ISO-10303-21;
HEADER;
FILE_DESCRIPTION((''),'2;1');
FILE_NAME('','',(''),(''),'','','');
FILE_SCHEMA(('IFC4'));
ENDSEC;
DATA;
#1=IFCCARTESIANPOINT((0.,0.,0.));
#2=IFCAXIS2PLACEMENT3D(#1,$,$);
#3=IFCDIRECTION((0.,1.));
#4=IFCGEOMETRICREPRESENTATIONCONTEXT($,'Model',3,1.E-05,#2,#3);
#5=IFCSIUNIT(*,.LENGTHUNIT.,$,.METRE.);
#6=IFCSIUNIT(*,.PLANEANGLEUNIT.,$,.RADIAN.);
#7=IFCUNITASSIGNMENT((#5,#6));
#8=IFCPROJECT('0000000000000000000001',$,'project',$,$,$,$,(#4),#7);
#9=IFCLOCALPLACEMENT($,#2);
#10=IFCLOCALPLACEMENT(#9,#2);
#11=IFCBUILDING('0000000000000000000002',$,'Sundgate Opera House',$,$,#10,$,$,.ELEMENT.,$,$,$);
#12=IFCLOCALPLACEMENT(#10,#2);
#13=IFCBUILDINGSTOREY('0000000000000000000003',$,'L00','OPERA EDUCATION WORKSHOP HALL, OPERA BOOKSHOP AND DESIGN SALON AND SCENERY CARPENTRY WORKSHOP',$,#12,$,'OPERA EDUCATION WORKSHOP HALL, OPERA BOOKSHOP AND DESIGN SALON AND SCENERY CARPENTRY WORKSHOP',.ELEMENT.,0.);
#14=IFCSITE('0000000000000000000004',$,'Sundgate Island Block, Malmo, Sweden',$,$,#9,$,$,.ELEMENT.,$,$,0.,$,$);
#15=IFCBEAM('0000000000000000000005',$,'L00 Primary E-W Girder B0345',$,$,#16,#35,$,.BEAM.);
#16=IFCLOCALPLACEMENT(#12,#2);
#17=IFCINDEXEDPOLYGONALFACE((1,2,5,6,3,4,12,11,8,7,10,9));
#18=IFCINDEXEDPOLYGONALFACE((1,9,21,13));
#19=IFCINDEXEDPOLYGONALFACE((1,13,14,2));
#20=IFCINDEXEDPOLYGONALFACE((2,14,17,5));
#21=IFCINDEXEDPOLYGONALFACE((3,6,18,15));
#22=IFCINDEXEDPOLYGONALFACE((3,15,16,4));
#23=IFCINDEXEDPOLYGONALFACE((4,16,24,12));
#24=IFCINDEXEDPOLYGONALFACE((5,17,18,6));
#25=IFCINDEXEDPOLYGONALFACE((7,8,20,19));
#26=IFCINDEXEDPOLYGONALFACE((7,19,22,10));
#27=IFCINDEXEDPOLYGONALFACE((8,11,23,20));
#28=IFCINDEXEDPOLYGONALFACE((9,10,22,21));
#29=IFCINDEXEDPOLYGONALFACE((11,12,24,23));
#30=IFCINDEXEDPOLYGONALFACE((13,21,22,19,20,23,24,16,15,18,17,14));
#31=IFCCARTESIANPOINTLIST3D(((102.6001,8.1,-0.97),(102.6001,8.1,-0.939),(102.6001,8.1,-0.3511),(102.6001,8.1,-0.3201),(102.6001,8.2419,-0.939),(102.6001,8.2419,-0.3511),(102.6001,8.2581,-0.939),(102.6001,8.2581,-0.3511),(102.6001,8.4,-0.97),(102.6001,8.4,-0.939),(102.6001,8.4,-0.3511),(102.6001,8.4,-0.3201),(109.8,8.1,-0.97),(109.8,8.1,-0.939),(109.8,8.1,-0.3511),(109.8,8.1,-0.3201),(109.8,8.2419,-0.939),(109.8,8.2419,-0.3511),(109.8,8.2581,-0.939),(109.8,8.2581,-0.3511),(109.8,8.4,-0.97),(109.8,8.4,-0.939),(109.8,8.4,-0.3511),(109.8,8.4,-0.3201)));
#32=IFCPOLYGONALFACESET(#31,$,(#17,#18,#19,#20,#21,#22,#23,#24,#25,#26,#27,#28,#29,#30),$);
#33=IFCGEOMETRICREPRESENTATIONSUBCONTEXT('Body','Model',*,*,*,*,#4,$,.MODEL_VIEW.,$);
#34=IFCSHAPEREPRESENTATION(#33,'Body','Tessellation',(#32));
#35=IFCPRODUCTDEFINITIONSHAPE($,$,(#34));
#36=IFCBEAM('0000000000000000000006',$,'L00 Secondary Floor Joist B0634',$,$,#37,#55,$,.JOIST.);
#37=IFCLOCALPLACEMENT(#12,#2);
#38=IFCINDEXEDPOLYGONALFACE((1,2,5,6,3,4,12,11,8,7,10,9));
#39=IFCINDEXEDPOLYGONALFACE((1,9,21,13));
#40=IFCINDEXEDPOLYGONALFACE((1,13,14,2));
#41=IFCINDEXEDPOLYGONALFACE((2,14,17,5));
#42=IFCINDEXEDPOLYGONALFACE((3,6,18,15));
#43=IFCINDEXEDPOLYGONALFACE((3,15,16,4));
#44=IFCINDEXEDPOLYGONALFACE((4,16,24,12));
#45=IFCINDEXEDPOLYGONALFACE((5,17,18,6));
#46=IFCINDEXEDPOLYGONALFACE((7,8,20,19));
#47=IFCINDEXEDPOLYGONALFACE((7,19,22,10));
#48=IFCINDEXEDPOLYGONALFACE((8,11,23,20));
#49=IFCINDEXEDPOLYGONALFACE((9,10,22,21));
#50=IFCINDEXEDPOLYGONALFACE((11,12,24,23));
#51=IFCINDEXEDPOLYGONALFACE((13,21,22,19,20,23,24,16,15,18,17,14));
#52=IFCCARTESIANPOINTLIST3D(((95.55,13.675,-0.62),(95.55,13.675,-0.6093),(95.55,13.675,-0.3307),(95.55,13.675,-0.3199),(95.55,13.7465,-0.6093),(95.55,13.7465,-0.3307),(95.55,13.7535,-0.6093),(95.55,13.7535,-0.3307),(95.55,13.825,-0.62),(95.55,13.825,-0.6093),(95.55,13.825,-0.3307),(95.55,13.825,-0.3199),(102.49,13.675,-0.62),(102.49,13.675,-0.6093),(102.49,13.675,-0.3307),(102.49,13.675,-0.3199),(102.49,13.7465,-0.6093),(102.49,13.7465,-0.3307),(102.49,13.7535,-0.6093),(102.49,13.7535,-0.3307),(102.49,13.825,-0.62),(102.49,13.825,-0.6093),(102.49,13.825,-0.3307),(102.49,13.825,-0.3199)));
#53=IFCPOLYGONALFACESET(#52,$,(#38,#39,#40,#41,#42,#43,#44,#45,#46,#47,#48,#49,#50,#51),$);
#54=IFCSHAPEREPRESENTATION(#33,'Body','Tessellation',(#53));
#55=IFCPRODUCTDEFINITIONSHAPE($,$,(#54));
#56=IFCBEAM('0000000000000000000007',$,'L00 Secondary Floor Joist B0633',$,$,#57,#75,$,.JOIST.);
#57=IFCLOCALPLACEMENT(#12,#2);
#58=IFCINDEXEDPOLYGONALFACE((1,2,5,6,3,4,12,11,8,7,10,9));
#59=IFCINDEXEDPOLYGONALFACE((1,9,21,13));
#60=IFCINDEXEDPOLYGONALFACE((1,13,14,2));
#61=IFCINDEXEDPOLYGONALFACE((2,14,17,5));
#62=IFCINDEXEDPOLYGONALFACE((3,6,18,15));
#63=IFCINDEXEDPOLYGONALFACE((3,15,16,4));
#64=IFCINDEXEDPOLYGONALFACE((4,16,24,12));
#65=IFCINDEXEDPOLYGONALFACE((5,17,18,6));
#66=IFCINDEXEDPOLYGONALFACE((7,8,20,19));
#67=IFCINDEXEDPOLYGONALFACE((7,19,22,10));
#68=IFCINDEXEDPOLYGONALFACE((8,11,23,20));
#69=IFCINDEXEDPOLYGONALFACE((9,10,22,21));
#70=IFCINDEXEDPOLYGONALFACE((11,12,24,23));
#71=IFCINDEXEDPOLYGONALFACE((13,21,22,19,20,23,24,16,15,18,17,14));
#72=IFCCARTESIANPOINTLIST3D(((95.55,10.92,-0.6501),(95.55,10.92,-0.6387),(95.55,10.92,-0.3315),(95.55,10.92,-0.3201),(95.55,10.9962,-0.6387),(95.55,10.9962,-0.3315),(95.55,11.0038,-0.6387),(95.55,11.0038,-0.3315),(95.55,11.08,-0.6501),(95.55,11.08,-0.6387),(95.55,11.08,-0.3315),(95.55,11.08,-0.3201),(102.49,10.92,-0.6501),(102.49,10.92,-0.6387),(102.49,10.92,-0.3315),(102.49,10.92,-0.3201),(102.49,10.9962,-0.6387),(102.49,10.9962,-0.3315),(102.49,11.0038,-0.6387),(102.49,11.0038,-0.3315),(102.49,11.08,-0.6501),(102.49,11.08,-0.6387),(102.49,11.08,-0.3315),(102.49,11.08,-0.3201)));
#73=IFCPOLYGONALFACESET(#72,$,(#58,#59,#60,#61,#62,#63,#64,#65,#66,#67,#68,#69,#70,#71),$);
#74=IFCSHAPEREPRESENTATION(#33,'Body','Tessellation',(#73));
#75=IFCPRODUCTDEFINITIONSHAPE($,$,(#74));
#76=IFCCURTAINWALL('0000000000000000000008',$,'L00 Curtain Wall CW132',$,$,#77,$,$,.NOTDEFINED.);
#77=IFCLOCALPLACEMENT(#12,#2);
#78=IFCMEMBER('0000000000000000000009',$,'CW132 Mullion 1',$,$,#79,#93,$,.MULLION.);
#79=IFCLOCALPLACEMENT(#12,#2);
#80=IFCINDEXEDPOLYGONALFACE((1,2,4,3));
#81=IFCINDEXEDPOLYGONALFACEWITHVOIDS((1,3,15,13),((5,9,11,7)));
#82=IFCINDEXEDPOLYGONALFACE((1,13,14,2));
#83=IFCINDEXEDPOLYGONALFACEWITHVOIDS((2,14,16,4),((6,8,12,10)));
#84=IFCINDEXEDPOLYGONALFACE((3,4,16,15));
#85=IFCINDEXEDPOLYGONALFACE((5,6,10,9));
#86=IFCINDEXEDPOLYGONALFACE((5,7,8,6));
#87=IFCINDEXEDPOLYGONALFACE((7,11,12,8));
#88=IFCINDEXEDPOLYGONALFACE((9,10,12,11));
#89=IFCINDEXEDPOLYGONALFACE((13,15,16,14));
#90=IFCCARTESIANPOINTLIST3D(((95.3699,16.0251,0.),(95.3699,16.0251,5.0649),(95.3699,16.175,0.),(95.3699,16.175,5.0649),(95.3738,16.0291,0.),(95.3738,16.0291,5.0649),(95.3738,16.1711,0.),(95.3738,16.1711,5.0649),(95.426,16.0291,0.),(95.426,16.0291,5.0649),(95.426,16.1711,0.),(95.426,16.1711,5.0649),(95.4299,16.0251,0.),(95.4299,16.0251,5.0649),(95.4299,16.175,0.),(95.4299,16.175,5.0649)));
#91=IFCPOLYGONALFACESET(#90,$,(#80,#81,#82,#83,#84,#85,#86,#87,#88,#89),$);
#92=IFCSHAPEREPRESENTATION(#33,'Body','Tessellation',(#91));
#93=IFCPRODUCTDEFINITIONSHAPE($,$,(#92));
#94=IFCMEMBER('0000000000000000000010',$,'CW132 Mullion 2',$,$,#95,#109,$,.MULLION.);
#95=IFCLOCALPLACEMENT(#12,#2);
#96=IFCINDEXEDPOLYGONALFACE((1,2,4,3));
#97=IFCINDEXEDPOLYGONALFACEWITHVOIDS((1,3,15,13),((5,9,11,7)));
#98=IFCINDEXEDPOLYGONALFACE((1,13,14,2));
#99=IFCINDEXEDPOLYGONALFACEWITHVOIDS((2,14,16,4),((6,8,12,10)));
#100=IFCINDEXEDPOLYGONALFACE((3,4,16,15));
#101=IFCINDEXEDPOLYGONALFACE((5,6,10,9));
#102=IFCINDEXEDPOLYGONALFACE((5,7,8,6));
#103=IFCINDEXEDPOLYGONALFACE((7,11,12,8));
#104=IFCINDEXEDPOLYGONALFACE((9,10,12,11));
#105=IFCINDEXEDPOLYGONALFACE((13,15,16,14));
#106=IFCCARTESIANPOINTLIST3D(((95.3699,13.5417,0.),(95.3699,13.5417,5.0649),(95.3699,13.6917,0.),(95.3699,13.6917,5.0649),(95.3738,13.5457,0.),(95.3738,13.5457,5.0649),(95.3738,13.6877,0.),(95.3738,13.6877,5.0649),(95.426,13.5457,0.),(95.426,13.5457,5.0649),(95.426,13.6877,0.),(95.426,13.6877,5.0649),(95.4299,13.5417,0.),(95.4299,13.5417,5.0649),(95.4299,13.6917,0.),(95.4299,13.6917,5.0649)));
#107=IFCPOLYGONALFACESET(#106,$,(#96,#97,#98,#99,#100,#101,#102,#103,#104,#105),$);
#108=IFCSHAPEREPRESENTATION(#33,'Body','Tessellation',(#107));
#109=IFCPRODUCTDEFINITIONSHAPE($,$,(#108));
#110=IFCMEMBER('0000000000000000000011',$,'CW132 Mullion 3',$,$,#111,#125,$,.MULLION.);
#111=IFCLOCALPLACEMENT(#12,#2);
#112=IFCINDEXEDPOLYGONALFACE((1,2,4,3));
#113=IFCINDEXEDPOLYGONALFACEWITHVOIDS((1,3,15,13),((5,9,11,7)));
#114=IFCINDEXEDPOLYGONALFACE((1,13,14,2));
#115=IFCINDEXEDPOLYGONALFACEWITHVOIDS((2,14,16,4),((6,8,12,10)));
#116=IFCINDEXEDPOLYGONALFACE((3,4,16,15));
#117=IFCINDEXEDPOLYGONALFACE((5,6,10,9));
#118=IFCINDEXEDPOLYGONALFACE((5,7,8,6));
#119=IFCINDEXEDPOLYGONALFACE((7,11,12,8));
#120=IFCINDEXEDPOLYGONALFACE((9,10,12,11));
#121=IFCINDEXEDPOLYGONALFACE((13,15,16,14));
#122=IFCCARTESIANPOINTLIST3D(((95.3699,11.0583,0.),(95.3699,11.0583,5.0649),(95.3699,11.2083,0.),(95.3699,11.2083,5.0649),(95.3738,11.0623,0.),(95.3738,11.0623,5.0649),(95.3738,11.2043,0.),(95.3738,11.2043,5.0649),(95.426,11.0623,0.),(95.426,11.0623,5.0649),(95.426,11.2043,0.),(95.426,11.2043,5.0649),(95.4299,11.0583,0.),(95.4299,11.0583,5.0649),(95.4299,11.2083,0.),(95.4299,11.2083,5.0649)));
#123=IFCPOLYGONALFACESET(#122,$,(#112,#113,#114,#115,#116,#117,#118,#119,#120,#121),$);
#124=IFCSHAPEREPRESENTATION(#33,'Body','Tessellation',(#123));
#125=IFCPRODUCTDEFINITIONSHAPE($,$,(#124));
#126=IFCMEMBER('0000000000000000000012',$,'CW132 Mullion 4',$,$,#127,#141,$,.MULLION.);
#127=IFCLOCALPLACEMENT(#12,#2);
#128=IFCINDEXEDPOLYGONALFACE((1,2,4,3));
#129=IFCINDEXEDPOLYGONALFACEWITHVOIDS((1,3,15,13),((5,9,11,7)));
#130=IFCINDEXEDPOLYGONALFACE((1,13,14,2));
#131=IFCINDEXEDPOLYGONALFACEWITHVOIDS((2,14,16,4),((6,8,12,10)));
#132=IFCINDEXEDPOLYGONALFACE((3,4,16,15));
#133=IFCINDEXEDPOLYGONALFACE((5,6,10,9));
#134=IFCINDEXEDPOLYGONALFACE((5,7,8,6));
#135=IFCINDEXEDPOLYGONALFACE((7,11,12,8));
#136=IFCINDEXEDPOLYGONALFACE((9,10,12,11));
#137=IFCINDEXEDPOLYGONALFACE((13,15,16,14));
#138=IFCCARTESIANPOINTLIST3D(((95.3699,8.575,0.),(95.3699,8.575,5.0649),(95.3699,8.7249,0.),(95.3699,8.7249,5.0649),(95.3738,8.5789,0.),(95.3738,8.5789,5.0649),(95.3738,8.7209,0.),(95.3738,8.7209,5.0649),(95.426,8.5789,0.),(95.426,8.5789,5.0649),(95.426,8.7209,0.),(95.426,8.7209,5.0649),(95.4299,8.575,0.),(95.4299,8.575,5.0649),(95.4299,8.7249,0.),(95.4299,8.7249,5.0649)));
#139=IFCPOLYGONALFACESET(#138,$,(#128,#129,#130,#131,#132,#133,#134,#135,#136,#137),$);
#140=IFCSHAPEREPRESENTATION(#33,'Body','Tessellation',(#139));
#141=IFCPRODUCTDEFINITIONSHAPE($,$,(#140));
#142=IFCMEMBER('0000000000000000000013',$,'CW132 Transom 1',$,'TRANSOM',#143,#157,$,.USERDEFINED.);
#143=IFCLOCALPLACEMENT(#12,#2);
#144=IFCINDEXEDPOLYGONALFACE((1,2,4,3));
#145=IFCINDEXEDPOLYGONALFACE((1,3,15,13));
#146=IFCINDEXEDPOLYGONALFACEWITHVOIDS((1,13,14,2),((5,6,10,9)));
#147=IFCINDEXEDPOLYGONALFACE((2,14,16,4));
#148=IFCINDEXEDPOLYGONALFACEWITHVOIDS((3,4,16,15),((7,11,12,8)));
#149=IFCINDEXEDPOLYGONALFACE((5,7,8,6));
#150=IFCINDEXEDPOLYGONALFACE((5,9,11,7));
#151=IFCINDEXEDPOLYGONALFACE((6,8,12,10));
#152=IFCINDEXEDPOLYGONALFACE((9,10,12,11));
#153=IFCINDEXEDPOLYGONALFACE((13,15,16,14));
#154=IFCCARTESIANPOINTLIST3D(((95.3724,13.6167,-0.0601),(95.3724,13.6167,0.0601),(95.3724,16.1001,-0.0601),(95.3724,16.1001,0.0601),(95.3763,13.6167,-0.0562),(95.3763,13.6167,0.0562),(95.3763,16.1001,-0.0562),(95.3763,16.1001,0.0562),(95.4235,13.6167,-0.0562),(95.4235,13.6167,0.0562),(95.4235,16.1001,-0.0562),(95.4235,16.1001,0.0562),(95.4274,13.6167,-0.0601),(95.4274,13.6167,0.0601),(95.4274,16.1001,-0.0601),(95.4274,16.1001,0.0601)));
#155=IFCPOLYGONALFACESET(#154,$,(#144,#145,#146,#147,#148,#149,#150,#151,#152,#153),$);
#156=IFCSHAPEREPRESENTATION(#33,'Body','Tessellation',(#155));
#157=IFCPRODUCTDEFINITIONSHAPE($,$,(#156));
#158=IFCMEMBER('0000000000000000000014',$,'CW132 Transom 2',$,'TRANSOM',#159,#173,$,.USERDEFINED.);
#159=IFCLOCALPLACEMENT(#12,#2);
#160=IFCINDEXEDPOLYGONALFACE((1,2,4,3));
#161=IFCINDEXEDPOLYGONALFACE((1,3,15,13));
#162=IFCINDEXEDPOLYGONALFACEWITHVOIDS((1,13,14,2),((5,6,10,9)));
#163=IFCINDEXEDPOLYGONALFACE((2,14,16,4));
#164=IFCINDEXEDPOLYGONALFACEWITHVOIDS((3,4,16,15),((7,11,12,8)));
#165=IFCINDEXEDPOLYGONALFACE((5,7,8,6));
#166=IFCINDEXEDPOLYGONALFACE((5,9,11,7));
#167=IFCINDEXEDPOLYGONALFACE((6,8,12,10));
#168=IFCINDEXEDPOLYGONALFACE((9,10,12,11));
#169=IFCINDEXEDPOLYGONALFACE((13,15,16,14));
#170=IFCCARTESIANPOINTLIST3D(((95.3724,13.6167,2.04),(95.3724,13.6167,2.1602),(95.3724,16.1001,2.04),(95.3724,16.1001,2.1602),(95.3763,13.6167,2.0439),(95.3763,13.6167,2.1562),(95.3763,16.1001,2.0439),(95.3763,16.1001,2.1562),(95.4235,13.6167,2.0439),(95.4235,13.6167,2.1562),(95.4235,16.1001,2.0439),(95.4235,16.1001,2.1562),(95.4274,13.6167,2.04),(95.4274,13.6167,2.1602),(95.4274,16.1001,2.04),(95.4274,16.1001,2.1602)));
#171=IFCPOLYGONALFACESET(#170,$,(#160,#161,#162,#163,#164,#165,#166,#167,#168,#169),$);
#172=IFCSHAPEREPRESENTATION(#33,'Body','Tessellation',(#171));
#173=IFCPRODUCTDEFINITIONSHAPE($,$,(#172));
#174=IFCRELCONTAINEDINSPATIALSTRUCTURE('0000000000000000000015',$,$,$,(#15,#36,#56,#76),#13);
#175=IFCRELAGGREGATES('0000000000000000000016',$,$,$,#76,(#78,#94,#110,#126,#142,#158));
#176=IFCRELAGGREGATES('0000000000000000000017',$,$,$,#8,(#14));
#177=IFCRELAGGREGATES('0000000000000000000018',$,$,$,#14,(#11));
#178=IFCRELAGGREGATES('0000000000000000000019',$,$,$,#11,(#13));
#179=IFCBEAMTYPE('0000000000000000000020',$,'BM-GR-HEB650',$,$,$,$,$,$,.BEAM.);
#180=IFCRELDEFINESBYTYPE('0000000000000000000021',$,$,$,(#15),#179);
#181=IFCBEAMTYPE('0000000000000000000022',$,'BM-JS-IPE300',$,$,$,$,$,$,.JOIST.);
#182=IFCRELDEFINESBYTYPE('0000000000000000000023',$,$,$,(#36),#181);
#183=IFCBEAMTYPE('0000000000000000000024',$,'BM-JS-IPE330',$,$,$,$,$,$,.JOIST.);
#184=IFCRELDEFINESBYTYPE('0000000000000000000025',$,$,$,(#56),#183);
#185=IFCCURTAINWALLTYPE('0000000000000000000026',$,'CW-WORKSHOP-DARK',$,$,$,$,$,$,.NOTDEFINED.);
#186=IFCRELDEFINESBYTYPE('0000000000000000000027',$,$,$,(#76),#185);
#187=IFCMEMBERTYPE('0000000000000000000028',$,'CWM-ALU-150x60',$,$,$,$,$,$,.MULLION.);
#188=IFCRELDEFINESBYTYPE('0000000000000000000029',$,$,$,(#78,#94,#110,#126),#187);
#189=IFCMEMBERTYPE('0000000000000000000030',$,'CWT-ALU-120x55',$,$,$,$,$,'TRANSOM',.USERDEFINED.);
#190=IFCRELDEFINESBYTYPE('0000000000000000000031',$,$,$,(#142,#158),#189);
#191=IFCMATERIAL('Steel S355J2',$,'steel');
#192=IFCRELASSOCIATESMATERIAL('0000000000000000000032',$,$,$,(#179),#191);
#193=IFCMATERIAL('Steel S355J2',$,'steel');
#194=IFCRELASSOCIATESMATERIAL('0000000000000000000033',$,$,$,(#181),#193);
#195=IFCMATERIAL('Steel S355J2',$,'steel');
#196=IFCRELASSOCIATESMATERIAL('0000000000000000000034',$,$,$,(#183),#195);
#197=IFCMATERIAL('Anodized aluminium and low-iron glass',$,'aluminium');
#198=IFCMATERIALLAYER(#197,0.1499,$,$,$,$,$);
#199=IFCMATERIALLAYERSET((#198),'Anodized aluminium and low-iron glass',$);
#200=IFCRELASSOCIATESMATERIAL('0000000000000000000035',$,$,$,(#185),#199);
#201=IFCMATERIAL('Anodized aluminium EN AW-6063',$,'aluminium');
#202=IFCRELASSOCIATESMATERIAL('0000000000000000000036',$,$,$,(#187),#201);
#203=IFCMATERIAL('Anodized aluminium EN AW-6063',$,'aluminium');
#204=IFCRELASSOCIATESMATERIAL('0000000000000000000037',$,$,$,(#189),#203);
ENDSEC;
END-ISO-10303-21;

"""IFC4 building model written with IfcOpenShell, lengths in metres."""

from ifc_helpers import new_model, si_unit, direction, frame, origin, origin_2d, place, context, subcontext, project, spatial, hollow_rectangle, i_section, extrude, material, layer, layer_set, material_profile, profile_set, type_object, element, aggregate, save


model = new_model("IFC4")

# Units and contexts
model_context = context("Model", 3, precision=1e-05, world=origin(), true_north=direction((0.0, 1.0)))
body_context = subcontext(model_context, "Body", "Model", "MODEL_VIEW")
ifc_project = project(units=[si_unit("LENGTHUNIT", "METRE"), si_unit("PLANEANGLEUNIT", "RADIAN")], contexts=[model_context])

# Site, building, storey
site_placement = place(None, origin())
site = spatial("IfcSite", under=ifc_project, at=site_placement, Name="Sundgate Island Block, Malmo, Sweden", CompositionType="ELEMENT", RefElevation=0.0)
building_placement = place(site_placement, origin())
building = spatial("IfcBuilding", under=site, at=building_placement, Name="Sundgate Opera House", CompositionType="ELEMENT")
storey_placement = place(building_placement, origin())
storey = spatial("IfcBuildingStorey", under=building, at=storey_placement, Name="L00", Description="OPERA EDUCATION WORKSHOP HALL, OPERA BOOKSHOP AND DESIGN SALON AND SCENERY CARPENTRY WORKSHOP", LongName="OPERA EDUCATION WORKSHOP HALL, OPERA BOOKSHOP AND DESIGN SALON AND SCENERY CARPENTRY WORKSHOP", CompositionType="ELEMENT", Elevation=0.0)

# Beams
ifc_material_1 = material(Name="Steel S355J2", Category="steel")
ifc_material_profile_1 = material_profile(ifc_material_1, i_section(OverallWidth=0.3, OverallDepth=0.6499, WebThickness=0.0161, FlangeThickness=0.031, at=origin_2d()), Name="HEB 650")
ifc_profile_set_1 = profile_set([ifc_material_profile_1], Name="Steel S355J2")
beam_type_1 = type_object("IfcBeamType", Name="BM-GR-HEB650", PredefinedType="BEAM", material=ifc_profile_set_1)
beam_1_placement = place(storey_placement, frame((102.6001, 8.25, -0.645), z_axis=(1.0, 0.0, 0.0), x_axis=(0.0, 1.0, 0.0)))
element("IfcBeam", 1, at=beam_1_placement, inside=storey, type_object=beam_type_1, Name="L00 Primary E-W Girder B0345", PredefinedType="BEAM", context=body_context, shape_type="SweptSolid", body=[
    extrude(i_section(OverallWidth=0.3, OverallDepth=0.6499, WebThickness=0.0161, FlangeThickness=0.031, at=origin_2d()), origin(), (0.0, 0.0, 1.0), 7.2),
])
ifc_material_2 = material(Name="Steel S355J2", Category="steel")
ifc_material_profile_2 = material_profile(ifc_material_2, i_section(OverallWidth=0.1499, OverallDepth=0.3, WebThickness=0.0071, FlangeThickness=0.0107, at=origin_2d()), Name="IPE 300")
ifc_profile_set_2 = profile_set([ifc_material_profile_2], Name="Steel S355J2")
beam_type_2 = type_object("IfcBeamType", Name="BM-JS-IPE300", PredefinedType="JOIST", material=ifc_profile_set_2)
beam_2_placement = place(storey_placement, frame((95.55, 13.75, -0.47), z_axis=(1.0, 0.0, 0.0), x_axis=(0.0, 1.0, 0.0)))
element("IfcBeam", 2, at=beam_2_placement, inside=storey, type_object=beam_type_2, Name="L00 Secondary Floor Joist B0634", PredefinedType="JOIST", context=body_context, shape_type="SweptSolid", body=[
    extrude(i_section(OverallWidth=0.1499, OverallDepth=0.3, WebThickness=0.0071, FlangeThickness=0.0107, at=origin_2d()), origin(), (0.0, 0.0, 1.0), 6.9399),
])
ifc_material_3 = material(Name="Steel S355J2", Category="steel")
ifc_material_profile_3 = material_profile(ifc_material_3, i_section(OverallWidth=0.1599, OverallDepth=0.3301, WebThickness=0.0076, FlangeThickness=0.0115, at=origin_2d()), Name="IPE 330")
ifc_profile_set_3 = profile_set([ifc_material_profile_3], Name="Steel S355J2")
beam_type_3 = type_object("IfcBeamType", Name="BM-JS-IPE330", PredefinedType="JOIST", material=ifc_profile_set_3)
beam_3_placement = place(storey_placement, frame((95.55, 11.0, -0.4851), z_axis=(1.0, 0.0, 0.0), x_axis=(0.0, 1.0, 0.0)))
element("IfcBeam", 3, at=beam_3_placement, inside=storey, type_object=beam_type_3, Name="L00 Secondary Floor Joist B0633", PredefinedType="JOIST", context=body_context, shape_type="SweptSolid", body=[
    extrude(i_section(OverallWidth=0.1599, OverallDepth=0.3301, WebThickness=0.0076, FlangeThickness=0.0115, at=origin_2d()), origin(), (0.0, 0.0, 1.0), 6.9399),
])

# Curtain wall, members
ifc_material_4 = material(Name="Anodized aluminium and low-iron glass", Category="aluminium")
ifc_layer_1 = layer(ifc_material_4, 0.1499)
ifc_layer_set_1 = layer_set([ifc_layer_1], Name="Anodized aluminium and low-iron glass")
curtain_wall_type = type_object("IfcCurtainWallType", Name="CW-WORKSHOP-DARK", PredefinedType="NOTDEFINED", material=ifc_layer_set_1)
curtain_wall_placement = place(storey_placement, origin())
curtain_wall = element("IfcCurtainWall", 4, at=curtain_wall_placement, inside=storey, type_object=curtain_wall_type, Name="L00 Curtain Wall CW132", PredefinedType="NOTDEFINED")
ifc_material_5 = material(Name="Anodized aluminium EN AW-6063", Category="aluminium")
ifc_material_profile_4 = material_profile(ifc_material_5, hollow_rectangle(XDim=0.0601, YDim=0.1499, WallThickness=0.0039, at=origin_2d()), Name="CWM 150x60x4")
ifc_profile_set_4 = profile_set([ifc_material_profile_4], Name="Anodized aluminium EN AW-6063")
member_type_1 = type_object("IfcMemberType", Name="CWM-ALU-150x60", PredefinedType="MULLION", material=ifc_profile_set_4)
member_1_placement = place(storey_placement, frame((95.3999, 16.1001, 0.0), z_axis=(0.0, 0.0, 1.0), x_axis=(1.0, 0.0, 0.0)))
member_1 = element("IfcMember", 5, at=member_1_placement, type_object=member_type_1, Name="CW132 Mullion 1", PredefinedType="MULLION", context=body_context, shape_type="SweptSolid", body=[
    extrude(hollow_rectangle(XDim=0.0601, YDim=0.1499, WallThickness=0.0039, at=origin_2d()), origin(), (0.0, 0.0, 1.0), 5.0649),
])
member_2_placement = place(storey_placement, frame((95.3999, 13.6167, 0.0), z_axis=(0.0, 0.0, 1.0), x_axis=(1.0, 0.0, 0.0)))
member_2 = element("IfcMember", 6, at=member_2_placement, type_object=member_type_1, Name="CW132 Mullion 2", PredefinedType="MULLION", context=body_context, shape_type="SweptSolid", body=[
    extrude(hollow_rectangle(XDim=0.0601, YDim=0.1499, WallThickness=0.0039, at=origin_2d()), origin(), (0.0, 0.0, 1.0), 5.0649),
])
member_3_placement = place(storey_placement, frame((95.3999, 11.1333, 0.0), z_axis=(0.0, 0.0, 1.0), x_axis=(1.0, 0.0, 0.0)))
member_3 = element("IfcMember", 7, at=member_3_placement, type_object=member_type_1, Name="CW132 Mullion 3", PredefinedType="MULLION", context=body_context, shape_type="SweptSolid", body=[
    extrude(hollow_rectangle(XDim=0.0601, YDim=0.1499, WallThickness=0.0039, at=origin_2d()), origin(), (0.0, 0.0, 1.0), 5.0649),
])
member_4_placement = place(storey_placement, frame((95.3999, 8.6499, 0.0), z_axis=(0.0, 0.0, 1.0), x_axis=(1.0, 0.0, 0.0)))
member_4 = element("IfcMember", 8, at=member_4_placement, type_object=member_type_1, Name="CW132 Mullion 4", PredefinedType="MULLION", context=body_context, shape_type="SweptSolid", body=[
    extrude(hollow_rectangle(XDim=0.0601, YDim=0.1499, WallThickness=0.0039, at=origin_2d()), origin(), (0.0, 0.0, 1.0), 5.0649),
])
ifc_material_6 = material(Name="Anodized aluminium EN AW-6063", Category="aluminium")
ifc_material_profile_5 = material_profile(ifc_material_6, hollow_rectangle(XDim=0.0549, YDim=0.1201, WallThickness=0.0039, at=origin_2d()), Name="CWT 120x55x4")
ifc_profile_set_5 = profile_set([ifc_material_profile_5], Name="Anodized aluminium EN AW-6063")
member_type_2 = type_object("IfcMemberType", Name="CWT-ALU-120x55", ElementType="TRANSOM", PredefinedType="USERDEFINED", material=ifc_profile_set_5)
member_5_placement = place(storey_placement, frame((95.3999, 16.1001, 0.0), z_axis=(0.0, -1.0, 0.0), x_axis=(1.0, 0.0, 0.0)))
member_5 = element("IfcMember", 9, at=member_5_placement, type_object=member_type_2, Name="CW132 Transom 1", ObjectType="TRANSOM", PredefinedType="USERDEFINED", context=body_context, shape_type="SweptSolid", body=[
    extrude(hollow_rectangle(XDim=0.0549, YDim=0.1201, WallThickness=0.0039, at=origin_2d()), origin(), (0.0, 0.0, 1.0), 2.4834),
])
member_6_placement = place(storey_placement, frame((95.3999, 16.1001, 2.1001), z_axis=(0.0, -1.0, 0.0), x_axis=(1.0, 0.0, 0.0)))
member_6 = element("IfcMember", 10, at=member_6_placement, type_object=member_type_2, Name="CW132 Transom 2", ObjectType="TRANSOM", PredefinedType="USERDEFINED", context=body_context, shape_type="SweptSolid", body=[
    extrude(hollow_rectangle(XDim=0.0549, YDim=0.1201, WallThickness=0.0039, at=origin_2d()), origin(), (0.0, 0.0, 1.0), 2.4834),
])
aggregate(curtain_wall, [member_1, member_2, member_3, member_4, member_5, member_6])

save(model, "model.ifc")
